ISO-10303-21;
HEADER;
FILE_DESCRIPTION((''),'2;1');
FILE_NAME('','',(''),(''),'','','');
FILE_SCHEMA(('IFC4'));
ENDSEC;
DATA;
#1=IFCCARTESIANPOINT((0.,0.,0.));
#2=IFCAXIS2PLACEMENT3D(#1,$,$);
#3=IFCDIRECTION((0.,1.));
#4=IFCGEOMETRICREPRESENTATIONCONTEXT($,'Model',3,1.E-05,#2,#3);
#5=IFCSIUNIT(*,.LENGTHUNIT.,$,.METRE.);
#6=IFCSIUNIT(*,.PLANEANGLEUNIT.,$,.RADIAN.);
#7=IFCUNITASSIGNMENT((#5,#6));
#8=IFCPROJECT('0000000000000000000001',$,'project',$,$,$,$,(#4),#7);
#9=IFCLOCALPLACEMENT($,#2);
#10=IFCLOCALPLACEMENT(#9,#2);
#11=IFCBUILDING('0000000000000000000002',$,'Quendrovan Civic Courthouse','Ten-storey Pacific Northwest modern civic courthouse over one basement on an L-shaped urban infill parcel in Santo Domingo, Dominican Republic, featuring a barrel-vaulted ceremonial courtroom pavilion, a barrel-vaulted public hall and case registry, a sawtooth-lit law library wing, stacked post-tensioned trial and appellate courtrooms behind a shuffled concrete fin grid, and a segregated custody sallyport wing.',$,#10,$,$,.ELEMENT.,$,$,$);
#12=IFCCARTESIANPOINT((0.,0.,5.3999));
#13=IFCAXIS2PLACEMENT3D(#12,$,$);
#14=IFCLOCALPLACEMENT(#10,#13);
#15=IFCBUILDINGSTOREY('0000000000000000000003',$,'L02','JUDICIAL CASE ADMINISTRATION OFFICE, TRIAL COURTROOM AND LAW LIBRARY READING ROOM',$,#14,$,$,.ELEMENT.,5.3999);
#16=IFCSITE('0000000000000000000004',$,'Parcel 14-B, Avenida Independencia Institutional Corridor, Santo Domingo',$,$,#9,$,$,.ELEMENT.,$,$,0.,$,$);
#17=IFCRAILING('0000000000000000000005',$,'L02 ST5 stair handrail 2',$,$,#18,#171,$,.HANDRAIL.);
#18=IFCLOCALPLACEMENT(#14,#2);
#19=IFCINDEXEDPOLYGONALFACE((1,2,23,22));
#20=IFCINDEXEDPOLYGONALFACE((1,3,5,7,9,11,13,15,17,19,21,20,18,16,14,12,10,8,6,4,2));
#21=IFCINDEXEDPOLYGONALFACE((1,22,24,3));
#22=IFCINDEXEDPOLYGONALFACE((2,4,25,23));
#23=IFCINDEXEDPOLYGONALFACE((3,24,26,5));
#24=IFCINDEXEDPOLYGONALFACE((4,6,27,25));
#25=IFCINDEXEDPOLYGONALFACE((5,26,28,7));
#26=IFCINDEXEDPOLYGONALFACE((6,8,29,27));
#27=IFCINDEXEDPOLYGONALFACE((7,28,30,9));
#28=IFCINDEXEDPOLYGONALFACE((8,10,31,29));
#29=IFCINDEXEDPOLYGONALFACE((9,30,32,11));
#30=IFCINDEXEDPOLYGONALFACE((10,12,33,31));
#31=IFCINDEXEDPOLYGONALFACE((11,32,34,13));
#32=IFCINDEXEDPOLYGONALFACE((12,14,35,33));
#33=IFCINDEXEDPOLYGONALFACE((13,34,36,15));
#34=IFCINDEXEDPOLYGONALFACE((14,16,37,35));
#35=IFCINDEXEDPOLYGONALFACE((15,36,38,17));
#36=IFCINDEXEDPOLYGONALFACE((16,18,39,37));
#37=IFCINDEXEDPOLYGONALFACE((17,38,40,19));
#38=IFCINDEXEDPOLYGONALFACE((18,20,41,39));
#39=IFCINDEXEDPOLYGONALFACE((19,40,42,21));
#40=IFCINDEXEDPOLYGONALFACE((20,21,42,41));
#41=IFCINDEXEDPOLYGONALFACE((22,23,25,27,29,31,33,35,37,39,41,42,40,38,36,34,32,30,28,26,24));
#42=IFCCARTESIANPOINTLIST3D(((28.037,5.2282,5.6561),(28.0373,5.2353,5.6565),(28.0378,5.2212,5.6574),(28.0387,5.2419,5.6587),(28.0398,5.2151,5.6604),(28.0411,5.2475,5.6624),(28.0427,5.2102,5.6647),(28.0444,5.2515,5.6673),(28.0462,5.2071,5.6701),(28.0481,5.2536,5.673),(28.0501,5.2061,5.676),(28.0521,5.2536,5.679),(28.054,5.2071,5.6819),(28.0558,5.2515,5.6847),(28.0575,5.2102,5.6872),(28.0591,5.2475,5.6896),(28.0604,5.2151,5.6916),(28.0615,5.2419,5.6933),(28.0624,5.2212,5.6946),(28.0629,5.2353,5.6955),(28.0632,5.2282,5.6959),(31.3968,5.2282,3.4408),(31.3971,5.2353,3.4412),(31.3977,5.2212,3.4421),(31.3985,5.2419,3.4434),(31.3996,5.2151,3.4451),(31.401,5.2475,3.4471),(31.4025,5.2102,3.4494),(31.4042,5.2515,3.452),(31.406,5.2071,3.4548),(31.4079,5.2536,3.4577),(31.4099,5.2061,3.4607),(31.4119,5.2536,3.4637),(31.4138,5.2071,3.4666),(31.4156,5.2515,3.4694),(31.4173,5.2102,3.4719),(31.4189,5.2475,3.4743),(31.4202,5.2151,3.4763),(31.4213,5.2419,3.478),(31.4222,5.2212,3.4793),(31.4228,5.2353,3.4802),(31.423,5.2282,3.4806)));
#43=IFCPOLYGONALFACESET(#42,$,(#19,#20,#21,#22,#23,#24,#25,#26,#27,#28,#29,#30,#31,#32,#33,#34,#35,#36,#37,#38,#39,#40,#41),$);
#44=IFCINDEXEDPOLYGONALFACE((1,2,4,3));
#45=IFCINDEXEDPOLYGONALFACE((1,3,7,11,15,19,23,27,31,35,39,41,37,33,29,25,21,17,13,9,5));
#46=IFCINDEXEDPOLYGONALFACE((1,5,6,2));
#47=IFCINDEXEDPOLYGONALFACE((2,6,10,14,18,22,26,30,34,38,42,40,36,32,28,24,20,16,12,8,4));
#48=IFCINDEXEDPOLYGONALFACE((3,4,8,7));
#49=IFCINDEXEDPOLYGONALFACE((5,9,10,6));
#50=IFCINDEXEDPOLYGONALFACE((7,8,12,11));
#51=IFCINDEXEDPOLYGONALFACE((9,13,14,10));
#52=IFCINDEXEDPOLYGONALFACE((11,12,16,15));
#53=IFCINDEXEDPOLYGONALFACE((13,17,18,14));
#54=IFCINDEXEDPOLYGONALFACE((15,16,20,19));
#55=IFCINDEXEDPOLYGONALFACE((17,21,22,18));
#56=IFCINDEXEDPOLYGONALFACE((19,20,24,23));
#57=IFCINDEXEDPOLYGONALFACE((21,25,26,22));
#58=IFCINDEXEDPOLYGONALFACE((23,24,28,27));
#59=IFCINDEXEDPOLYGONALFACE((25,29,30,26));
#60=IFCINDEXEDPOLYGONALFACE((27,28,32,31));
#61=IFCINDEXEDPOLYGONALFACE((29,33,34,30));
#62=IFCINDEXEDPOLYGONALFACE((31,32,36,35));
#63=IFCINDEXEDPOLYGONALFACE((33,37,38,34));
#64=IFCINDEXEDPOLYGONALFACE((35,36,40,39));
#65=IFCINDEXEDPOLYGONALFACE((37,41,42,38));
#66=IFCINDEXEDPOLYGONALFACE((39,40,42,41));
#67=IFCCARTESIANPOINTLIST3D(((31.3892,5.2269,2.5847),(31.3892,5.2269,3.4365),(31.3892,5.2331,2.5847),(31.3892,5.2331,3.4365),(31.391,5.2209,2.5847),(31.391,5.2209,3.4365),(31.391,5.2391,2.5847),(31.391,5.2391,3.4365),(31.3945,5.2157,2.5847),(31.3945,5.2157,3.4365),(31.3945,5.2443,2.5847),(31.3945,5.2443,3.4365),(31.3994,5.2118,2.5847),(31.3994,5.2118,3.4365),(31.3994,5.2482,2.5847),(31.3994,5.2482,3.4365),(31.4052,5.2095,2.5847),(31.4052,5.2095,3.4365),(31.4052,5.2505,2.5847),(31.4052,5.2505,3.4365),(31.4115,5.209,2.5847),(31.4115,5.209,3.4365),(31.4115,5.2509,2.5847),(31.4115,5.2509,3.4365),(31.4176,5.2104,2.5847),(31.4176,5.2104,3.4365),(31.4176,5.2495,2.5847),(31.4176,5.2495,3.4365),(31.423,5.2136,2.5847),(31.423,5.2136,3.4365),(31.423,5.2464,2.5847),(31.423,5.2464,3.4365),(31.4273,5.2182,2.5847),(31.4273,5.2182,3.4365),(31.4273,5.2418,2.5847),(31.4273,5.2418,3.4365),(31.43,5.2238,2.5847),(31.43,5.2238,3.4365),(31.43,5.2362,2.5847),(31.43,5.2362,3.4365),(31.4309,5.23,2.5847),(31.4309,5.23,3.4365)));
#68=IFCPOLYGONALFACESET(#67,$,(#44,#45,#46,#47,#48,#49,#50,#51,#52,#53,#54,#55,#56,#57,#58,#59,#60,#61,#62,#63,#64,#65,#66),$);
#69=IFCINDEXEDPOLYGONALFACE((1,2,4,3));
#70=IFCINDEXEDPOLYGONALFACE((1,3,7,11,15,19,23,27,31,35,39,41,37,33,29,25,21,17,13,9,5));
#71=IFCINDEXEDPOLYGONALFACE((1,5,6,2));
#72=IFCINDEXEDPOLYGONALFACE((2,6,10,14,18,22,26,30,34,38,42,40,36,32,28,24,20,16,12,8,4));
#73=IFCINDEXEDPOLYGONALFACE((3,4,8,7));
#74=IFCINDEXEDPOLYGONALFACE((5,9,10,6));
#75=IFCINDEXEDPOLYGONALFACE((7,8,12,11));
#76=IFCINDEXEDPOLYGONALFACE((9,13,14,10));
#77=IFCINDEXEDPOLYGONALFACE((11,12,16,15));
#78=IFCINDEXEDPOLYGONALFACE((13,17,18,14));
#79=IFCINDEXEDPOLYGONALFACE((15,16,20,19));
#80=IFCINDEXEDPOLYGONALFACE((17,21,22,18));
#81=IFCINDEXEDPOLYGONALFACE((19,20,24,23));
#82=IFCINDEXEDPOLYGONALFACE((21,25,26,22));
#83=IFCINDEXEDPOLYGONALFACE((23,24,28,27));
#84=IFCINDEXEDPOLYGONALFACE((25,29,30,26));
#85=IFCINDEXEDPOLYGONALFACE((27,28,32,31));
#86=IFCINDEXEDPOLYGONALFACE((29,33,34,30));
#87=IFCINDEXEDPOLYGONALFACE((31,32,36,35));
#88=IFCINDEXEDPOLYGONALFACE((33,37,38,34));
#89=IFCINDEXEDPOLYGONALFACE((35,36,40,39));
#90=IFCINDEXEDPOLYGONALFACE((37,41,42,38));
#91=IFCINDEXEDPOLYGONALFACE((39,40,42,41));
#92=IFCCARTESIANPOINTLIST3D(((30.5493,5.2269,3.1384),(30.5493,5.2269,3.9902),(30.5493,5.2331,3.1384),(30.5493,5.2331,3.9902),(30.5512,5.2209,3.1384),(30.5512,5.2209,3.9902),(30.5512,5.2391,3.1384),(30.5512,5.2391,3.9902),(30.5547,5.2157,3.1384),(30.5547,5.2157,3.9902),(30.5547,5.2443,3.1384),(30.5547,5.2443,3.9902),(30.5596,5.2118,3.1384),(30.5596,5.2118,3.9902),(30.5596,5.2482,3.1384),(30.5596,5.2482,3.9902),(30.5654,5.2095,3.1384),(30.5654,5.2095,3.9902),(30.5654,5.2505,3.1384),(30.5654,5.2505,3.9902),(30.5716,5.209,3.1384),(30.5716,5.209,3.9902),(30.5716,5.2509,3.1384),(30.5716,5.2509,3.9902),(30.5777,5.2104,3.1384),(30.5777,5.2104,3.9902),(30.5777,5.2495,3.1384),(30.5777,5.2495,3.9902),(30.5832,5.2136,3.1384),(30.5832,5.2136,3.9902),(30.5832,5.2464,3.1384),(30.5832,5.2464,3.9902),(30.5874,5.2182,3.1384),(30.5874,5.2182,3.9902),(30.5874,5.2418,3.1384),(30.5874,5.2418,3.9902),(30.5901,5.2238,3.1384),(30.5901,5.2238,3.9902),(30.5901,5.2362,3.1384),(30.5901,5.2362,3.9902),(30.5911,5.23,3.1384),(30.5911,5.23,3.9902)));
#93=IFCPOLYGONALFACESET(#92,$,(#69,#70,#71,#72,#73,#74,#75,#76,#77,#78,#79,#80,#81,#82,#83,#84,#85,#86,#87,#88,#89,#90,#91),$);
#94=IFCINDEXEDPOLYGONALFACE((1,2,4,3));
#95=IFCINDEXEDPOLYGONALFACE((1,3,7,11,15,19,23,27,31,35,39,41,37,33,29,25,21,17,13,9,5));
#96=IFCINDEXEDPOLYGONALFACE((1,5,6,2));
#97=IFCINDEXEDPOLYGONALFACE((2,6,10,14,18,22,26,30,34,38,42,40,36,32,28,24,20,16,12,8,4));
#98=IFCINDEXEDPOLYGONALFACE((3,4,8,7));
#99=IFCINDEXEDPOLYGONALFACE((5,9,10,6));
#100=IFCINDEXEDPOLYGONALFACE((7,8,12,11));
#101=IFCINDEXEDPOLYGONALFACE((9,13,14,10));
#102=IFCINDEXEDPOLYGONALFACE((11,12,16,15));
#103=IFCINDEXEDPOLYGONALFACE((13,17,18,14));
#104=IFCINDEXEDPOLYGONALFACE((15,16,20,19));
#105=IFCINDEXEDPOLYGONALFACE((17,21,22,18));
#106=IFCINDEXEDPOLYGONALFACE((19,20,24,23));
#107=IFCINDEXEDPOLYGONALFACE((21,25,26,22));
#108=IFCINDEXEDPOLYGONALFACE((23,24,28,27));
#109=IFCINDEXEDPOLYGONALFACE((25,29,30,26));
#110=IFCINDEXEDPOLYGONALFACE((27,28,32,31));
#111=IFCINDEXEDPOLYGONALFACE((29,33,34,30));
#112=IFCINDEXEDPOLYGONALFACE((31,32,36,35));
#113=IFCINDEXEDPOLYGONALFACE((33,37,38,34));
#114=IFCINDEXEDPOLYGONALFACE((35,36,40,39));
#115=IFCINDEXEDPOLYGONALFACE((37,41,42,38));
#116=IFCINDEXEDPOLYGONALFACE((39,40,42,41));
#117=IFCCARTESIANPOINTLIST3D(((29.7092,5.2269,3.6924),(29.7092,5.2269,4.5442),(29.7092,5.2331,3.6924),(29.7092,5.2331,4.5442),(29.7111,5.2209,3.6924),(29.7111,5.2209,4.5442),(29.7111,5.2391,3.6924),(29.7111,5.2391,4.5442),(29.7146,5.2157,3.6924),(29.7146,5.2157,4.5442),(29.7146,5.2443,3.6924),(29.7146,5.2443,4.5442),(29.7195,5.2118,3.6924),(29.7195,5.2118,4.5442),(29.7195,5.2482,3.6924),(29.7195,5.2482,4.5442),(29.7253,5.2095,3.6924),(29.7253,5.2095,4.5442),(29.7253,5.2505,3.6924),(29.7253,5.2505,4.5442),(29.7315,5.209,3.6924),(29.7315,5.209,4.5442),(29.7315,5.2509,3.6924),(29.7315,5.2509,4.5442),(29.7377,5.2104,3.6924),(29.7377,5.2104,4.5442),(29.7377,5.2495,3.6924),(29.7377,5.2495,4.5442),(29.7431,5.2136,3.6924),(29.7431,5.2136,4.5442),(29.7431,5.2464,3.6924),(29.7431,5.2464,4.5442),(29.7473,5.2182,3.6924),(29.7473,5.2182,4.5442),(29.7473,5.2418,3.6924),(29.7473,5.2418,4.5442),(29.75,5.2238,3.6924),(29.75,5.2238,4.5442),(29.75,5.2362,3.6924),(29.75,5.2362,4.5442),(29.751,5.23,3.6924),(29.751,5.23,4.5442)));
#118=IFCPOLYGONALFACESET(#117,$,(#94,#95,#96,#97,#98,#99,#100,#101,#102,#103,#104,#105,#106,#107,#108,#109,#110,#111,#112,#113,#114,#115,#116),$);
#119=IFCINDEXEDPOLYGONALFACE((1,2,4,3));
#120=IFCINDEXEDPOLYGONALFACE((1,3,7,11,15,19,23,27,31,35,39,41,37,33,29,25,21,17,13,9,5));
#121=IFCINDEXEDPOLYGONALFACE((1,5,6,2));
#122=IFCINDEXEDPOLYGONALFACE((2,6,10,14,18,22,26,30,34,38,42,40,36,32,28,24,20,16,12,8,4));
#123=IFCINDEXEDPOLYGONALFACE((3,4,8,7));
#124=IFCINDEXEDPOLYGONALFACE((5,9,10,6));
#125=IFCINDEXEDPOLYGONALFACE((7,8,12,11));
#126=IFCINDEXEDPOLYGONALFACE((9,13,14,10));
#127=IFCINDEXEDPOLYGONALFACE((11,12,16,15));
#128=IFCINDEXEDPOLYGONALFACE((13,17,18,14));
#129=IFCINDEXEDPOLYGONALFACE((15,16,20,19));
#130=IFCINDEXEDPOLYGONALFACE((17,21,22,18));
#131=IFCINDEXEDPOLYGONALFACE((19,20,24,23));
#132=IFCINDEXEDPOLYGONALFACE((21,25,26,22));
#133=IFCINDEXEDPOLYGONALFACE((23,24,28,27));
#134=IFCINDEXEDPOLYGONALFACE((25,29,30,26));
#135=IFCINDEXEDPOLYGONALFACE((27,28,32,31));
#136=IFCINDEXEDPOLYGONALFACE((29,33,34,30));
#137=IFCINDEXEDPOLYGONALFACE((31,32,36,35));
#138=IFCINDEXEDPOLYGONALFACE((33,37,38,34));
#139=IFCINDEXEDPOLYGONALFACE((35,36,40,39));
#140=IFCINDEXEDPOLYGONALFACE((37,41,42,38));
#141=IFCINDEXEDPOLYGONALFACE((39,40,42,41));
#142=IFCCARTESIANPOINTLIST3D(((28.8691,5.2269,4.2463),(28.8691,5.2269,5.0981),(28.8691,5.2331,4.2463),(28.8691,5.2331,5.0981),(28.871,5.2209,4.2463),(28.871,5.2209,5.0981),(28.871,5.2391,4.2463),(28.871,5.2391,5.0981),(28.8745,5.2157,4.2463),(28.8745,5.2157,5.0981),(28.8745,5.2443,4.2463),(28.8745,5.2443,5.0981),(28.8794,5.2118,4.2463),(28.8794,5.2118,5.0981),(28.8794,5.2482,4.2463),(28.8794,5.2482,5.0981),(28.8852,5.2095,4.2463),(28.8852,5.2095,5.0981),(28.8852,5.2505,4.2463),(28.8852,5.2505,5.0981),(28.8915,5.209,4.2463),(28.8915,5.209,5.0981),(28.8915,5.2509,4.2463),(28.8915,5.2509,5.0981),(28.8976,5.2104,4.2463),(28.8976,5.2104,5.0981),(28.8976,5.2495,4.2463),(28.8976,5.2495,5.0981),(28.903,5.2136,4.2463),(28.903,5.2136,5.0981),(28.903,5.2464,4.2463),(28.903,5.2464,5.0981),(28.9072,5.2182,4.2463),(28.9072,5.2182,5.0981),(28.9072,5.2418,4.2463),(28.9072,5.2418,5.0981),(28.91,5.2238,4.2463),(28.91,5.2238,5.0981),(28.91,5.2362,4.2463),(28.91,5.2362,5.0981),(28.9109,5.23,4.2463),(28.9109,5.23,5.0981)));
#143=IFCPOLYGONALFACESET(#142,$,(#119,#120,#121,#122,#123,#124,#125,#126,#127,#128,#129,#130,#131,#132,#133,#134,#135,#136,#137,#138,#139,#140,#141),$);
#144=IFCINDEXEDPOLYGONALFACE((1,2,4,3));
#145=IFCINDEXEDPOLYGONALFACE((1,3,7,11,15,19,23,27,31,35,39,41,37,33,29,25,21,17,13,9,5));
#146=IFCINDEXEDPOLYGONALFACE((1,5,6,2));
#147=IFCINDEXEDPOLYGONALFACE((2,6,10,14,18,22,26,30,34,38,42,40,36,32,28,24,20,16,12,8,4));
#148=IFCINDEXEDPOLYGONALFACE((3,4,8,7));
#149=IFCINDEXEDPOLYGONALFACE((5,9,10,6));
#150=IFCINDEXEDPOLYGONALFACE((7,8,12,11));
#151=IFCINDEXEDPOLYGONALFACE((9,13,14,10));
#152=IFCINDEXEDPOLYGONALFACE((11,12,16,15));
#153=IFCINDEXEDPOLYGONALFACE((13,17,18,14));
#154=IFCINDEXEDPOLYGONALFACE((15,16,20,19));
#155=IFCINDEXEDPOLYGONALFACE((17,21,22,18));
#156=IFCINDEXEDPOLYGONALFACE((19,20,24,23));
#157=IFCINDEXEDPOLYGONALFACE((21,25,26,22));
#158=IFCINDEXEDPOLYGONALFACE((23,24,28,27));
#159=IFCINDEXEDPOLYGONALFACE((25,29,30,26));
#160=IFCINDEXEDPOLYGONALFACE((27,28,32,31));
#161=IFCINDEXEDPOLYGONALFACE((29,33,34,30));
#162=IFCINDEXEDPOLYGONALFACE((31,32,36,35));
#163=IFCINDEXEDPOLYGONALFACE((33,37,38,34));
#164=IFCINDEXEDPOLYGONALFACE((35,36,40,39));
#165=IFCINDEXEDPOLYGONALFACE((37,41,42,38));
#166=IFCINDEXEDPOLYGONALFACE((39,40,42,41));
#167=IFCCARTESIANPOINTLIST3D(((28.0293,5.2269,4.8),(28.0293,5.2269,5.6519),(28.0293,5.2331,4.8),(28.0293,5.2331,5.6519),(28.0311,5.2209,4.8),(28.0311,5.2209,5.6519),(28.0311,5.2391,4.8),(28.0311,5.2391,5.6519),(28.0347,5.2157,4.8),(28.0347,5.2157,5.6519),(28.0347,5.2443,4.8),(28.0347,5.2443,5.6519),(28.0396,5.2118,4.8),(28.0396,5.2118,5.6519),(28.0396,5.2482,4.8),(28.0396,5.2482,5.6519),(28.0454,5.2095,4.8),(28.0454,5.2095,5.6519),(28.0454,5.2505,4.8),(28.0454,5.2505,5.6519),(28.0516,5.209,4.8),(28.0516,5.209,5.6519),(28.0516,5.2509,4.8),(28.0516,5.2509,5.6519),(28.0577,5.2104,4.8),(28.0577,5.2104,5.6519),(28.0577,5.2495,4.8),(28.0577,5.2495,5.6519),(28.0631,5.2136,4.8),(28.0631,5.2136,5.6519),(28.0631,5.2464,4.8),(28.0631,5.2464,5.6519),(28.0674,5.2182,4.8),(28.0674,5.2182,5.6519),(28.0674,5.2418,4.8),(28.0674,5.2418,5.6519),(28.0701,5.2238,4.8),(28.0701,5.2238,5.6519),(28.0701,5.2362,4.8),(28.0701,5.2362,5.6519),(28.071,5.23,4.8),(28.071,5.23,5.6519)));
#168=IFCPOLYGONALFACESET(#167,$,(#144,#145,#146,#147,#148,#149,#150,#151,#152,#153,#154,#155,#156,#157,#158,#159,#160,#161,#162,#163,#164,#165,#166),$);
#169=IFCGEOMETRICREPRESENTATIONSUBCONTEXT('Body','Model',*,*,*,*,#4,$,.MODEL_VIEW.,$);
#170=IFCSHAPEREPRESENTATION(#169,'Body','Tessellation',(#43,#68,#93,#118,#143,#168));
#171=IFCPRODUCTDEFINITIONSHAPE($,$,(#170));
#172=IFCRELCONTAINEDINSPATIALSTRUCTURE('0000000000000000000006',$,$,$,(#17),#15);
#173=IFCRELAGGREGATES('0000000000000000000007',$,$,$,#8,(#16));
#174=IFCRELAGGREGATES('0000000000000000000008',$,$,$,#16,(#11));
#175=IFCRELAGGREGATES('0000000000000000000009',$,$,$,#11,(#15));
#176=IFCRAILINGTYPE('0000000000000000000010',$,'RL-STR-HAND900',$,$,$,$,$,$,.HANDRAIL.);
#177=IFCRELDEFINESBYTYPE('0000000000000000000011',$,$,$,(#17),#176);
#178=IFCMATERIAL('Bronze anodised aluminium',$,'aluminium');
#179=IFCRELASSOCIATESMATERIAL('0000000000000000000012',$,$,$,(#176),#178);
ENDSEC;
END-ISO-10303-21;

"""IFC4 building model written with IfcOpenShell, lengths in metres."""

from ifc_helpers import new_model, si_unit, direction, frame, origin, origin_2d, place, context, subcontext, project, spatial, circle, extrude, material, type_object, element, save


model = new_model("IFC4")

# Units and contexts
model_context = context("Model", 3, precision=1e-05, world=origin(), true_north=direction((0.0, 1.0)))
body_context = subcontext(model_context, "Body", "Model", "MODEL_VIEW")
ifc_project = project(units=[si_unit("LENGTHUNIT", "METRE"), si_unit("PLANEANGLEUNIT", "RADIAN")], contexts=[model_context])

# Site, building, storey
site_placement = place(None, origin())
site = spatial("IfcSite", under=ifc_project, at=site_placement, Name="Parcel 14-B, Avenida Independencia Institutional Corridor, Santo Domingo", CompositionType="ELEMENT", RefElevation=0.0)
building_placement = place(site_placement, origin())
building = spatial("IfcBuilding", under=site, at=building_placement, Name="Quendrovan Civic Courthouse", Description="Ten-storey Pacific Northwest modern civic courthouse over one basement on an L-shaped urban infill parcel in Santo Domingo, Dominican Republic, featuring a barrel-vaulted ceremonial courtroom pavilion, a barrel-vaulted public hall and case registry, a sawtooth-lit law library wing, stacked post-tensioned trial and appellate courtrooms behind a shuffled concrete fin grid, and a segregated custody sallyport wing.", CompositionType="ELEMENT")
storey_placement = place(building_placement, frame((0.0, 0.0, 5.3999)))
storey = spatial("IfcBuildingStorey", under=building, at=storey_placement, Name="L02", Description="JUDICIAL CASE ADMINISTRATION OFFICE, TRIAL COURTROOM AND LAW LIBRARY READING ROOM", CompositionType="ELEMENT", Elevation=5.3999)

# Railing
ifc_material_1 = material(Name="Bronze anodised aluminium", Category="aluminium")
railing_type_1 = type_object("IfcRailingType", Name="RL-STR-HAND900", PredefinedType="HANDRAIL", material=ifc_material_1)
railing_1_placement = place(storey_placement, frame((31.4099, 5.23, 2.5847)))
element("IfcRailing", 1, at=railing_1_placement, inside=storey, type_object=railing_type_1, Name="L02 ST5 stair handrail 2", PredefinedType="HANDRAIL", context=body_context, shape_type="SweptSolid", body=[
    extrude(circle(Radius=0.0239, at=origin_2d()), frame((0.0, 0.0, 0.876), z_axis=(-0.834858, 0.0, 0.550465), x_axis=(0.0, -1.0, 0.0)), (0.0, 0.0, 1.0), 4.0244),
    extrude(circle(Radius=0.021, at=origin_2d()), origin(), (0.0, 0.0, 1.0), 0.8518),
    extrude(circle(Radius=0.021, at=origin_2d()), frame((-0.8398, 0.0, 0.5537)), (0.0, 0.0, 1.0), 0.8518),
    extrude(circle(Radius=0.021, at=origin_2d()), frame((-1.6799, 0.0, 1.1077)), (0.0, 0.0, 1.0), 0.8518),
    extrude(circle(Radius=0.021, at=origin_2d()), frame((-2.52, 0.0, 1.6616)), (0.0, 0.0, 1.0), 0.8518),
    extrude(circle(Radius=0.021, at=origin_2d()), frame((-3.3599, 0.0, 2.2153)), (0.0, 0.0, 1.0), 0.8518),
])

save(model, "model.ifc")
